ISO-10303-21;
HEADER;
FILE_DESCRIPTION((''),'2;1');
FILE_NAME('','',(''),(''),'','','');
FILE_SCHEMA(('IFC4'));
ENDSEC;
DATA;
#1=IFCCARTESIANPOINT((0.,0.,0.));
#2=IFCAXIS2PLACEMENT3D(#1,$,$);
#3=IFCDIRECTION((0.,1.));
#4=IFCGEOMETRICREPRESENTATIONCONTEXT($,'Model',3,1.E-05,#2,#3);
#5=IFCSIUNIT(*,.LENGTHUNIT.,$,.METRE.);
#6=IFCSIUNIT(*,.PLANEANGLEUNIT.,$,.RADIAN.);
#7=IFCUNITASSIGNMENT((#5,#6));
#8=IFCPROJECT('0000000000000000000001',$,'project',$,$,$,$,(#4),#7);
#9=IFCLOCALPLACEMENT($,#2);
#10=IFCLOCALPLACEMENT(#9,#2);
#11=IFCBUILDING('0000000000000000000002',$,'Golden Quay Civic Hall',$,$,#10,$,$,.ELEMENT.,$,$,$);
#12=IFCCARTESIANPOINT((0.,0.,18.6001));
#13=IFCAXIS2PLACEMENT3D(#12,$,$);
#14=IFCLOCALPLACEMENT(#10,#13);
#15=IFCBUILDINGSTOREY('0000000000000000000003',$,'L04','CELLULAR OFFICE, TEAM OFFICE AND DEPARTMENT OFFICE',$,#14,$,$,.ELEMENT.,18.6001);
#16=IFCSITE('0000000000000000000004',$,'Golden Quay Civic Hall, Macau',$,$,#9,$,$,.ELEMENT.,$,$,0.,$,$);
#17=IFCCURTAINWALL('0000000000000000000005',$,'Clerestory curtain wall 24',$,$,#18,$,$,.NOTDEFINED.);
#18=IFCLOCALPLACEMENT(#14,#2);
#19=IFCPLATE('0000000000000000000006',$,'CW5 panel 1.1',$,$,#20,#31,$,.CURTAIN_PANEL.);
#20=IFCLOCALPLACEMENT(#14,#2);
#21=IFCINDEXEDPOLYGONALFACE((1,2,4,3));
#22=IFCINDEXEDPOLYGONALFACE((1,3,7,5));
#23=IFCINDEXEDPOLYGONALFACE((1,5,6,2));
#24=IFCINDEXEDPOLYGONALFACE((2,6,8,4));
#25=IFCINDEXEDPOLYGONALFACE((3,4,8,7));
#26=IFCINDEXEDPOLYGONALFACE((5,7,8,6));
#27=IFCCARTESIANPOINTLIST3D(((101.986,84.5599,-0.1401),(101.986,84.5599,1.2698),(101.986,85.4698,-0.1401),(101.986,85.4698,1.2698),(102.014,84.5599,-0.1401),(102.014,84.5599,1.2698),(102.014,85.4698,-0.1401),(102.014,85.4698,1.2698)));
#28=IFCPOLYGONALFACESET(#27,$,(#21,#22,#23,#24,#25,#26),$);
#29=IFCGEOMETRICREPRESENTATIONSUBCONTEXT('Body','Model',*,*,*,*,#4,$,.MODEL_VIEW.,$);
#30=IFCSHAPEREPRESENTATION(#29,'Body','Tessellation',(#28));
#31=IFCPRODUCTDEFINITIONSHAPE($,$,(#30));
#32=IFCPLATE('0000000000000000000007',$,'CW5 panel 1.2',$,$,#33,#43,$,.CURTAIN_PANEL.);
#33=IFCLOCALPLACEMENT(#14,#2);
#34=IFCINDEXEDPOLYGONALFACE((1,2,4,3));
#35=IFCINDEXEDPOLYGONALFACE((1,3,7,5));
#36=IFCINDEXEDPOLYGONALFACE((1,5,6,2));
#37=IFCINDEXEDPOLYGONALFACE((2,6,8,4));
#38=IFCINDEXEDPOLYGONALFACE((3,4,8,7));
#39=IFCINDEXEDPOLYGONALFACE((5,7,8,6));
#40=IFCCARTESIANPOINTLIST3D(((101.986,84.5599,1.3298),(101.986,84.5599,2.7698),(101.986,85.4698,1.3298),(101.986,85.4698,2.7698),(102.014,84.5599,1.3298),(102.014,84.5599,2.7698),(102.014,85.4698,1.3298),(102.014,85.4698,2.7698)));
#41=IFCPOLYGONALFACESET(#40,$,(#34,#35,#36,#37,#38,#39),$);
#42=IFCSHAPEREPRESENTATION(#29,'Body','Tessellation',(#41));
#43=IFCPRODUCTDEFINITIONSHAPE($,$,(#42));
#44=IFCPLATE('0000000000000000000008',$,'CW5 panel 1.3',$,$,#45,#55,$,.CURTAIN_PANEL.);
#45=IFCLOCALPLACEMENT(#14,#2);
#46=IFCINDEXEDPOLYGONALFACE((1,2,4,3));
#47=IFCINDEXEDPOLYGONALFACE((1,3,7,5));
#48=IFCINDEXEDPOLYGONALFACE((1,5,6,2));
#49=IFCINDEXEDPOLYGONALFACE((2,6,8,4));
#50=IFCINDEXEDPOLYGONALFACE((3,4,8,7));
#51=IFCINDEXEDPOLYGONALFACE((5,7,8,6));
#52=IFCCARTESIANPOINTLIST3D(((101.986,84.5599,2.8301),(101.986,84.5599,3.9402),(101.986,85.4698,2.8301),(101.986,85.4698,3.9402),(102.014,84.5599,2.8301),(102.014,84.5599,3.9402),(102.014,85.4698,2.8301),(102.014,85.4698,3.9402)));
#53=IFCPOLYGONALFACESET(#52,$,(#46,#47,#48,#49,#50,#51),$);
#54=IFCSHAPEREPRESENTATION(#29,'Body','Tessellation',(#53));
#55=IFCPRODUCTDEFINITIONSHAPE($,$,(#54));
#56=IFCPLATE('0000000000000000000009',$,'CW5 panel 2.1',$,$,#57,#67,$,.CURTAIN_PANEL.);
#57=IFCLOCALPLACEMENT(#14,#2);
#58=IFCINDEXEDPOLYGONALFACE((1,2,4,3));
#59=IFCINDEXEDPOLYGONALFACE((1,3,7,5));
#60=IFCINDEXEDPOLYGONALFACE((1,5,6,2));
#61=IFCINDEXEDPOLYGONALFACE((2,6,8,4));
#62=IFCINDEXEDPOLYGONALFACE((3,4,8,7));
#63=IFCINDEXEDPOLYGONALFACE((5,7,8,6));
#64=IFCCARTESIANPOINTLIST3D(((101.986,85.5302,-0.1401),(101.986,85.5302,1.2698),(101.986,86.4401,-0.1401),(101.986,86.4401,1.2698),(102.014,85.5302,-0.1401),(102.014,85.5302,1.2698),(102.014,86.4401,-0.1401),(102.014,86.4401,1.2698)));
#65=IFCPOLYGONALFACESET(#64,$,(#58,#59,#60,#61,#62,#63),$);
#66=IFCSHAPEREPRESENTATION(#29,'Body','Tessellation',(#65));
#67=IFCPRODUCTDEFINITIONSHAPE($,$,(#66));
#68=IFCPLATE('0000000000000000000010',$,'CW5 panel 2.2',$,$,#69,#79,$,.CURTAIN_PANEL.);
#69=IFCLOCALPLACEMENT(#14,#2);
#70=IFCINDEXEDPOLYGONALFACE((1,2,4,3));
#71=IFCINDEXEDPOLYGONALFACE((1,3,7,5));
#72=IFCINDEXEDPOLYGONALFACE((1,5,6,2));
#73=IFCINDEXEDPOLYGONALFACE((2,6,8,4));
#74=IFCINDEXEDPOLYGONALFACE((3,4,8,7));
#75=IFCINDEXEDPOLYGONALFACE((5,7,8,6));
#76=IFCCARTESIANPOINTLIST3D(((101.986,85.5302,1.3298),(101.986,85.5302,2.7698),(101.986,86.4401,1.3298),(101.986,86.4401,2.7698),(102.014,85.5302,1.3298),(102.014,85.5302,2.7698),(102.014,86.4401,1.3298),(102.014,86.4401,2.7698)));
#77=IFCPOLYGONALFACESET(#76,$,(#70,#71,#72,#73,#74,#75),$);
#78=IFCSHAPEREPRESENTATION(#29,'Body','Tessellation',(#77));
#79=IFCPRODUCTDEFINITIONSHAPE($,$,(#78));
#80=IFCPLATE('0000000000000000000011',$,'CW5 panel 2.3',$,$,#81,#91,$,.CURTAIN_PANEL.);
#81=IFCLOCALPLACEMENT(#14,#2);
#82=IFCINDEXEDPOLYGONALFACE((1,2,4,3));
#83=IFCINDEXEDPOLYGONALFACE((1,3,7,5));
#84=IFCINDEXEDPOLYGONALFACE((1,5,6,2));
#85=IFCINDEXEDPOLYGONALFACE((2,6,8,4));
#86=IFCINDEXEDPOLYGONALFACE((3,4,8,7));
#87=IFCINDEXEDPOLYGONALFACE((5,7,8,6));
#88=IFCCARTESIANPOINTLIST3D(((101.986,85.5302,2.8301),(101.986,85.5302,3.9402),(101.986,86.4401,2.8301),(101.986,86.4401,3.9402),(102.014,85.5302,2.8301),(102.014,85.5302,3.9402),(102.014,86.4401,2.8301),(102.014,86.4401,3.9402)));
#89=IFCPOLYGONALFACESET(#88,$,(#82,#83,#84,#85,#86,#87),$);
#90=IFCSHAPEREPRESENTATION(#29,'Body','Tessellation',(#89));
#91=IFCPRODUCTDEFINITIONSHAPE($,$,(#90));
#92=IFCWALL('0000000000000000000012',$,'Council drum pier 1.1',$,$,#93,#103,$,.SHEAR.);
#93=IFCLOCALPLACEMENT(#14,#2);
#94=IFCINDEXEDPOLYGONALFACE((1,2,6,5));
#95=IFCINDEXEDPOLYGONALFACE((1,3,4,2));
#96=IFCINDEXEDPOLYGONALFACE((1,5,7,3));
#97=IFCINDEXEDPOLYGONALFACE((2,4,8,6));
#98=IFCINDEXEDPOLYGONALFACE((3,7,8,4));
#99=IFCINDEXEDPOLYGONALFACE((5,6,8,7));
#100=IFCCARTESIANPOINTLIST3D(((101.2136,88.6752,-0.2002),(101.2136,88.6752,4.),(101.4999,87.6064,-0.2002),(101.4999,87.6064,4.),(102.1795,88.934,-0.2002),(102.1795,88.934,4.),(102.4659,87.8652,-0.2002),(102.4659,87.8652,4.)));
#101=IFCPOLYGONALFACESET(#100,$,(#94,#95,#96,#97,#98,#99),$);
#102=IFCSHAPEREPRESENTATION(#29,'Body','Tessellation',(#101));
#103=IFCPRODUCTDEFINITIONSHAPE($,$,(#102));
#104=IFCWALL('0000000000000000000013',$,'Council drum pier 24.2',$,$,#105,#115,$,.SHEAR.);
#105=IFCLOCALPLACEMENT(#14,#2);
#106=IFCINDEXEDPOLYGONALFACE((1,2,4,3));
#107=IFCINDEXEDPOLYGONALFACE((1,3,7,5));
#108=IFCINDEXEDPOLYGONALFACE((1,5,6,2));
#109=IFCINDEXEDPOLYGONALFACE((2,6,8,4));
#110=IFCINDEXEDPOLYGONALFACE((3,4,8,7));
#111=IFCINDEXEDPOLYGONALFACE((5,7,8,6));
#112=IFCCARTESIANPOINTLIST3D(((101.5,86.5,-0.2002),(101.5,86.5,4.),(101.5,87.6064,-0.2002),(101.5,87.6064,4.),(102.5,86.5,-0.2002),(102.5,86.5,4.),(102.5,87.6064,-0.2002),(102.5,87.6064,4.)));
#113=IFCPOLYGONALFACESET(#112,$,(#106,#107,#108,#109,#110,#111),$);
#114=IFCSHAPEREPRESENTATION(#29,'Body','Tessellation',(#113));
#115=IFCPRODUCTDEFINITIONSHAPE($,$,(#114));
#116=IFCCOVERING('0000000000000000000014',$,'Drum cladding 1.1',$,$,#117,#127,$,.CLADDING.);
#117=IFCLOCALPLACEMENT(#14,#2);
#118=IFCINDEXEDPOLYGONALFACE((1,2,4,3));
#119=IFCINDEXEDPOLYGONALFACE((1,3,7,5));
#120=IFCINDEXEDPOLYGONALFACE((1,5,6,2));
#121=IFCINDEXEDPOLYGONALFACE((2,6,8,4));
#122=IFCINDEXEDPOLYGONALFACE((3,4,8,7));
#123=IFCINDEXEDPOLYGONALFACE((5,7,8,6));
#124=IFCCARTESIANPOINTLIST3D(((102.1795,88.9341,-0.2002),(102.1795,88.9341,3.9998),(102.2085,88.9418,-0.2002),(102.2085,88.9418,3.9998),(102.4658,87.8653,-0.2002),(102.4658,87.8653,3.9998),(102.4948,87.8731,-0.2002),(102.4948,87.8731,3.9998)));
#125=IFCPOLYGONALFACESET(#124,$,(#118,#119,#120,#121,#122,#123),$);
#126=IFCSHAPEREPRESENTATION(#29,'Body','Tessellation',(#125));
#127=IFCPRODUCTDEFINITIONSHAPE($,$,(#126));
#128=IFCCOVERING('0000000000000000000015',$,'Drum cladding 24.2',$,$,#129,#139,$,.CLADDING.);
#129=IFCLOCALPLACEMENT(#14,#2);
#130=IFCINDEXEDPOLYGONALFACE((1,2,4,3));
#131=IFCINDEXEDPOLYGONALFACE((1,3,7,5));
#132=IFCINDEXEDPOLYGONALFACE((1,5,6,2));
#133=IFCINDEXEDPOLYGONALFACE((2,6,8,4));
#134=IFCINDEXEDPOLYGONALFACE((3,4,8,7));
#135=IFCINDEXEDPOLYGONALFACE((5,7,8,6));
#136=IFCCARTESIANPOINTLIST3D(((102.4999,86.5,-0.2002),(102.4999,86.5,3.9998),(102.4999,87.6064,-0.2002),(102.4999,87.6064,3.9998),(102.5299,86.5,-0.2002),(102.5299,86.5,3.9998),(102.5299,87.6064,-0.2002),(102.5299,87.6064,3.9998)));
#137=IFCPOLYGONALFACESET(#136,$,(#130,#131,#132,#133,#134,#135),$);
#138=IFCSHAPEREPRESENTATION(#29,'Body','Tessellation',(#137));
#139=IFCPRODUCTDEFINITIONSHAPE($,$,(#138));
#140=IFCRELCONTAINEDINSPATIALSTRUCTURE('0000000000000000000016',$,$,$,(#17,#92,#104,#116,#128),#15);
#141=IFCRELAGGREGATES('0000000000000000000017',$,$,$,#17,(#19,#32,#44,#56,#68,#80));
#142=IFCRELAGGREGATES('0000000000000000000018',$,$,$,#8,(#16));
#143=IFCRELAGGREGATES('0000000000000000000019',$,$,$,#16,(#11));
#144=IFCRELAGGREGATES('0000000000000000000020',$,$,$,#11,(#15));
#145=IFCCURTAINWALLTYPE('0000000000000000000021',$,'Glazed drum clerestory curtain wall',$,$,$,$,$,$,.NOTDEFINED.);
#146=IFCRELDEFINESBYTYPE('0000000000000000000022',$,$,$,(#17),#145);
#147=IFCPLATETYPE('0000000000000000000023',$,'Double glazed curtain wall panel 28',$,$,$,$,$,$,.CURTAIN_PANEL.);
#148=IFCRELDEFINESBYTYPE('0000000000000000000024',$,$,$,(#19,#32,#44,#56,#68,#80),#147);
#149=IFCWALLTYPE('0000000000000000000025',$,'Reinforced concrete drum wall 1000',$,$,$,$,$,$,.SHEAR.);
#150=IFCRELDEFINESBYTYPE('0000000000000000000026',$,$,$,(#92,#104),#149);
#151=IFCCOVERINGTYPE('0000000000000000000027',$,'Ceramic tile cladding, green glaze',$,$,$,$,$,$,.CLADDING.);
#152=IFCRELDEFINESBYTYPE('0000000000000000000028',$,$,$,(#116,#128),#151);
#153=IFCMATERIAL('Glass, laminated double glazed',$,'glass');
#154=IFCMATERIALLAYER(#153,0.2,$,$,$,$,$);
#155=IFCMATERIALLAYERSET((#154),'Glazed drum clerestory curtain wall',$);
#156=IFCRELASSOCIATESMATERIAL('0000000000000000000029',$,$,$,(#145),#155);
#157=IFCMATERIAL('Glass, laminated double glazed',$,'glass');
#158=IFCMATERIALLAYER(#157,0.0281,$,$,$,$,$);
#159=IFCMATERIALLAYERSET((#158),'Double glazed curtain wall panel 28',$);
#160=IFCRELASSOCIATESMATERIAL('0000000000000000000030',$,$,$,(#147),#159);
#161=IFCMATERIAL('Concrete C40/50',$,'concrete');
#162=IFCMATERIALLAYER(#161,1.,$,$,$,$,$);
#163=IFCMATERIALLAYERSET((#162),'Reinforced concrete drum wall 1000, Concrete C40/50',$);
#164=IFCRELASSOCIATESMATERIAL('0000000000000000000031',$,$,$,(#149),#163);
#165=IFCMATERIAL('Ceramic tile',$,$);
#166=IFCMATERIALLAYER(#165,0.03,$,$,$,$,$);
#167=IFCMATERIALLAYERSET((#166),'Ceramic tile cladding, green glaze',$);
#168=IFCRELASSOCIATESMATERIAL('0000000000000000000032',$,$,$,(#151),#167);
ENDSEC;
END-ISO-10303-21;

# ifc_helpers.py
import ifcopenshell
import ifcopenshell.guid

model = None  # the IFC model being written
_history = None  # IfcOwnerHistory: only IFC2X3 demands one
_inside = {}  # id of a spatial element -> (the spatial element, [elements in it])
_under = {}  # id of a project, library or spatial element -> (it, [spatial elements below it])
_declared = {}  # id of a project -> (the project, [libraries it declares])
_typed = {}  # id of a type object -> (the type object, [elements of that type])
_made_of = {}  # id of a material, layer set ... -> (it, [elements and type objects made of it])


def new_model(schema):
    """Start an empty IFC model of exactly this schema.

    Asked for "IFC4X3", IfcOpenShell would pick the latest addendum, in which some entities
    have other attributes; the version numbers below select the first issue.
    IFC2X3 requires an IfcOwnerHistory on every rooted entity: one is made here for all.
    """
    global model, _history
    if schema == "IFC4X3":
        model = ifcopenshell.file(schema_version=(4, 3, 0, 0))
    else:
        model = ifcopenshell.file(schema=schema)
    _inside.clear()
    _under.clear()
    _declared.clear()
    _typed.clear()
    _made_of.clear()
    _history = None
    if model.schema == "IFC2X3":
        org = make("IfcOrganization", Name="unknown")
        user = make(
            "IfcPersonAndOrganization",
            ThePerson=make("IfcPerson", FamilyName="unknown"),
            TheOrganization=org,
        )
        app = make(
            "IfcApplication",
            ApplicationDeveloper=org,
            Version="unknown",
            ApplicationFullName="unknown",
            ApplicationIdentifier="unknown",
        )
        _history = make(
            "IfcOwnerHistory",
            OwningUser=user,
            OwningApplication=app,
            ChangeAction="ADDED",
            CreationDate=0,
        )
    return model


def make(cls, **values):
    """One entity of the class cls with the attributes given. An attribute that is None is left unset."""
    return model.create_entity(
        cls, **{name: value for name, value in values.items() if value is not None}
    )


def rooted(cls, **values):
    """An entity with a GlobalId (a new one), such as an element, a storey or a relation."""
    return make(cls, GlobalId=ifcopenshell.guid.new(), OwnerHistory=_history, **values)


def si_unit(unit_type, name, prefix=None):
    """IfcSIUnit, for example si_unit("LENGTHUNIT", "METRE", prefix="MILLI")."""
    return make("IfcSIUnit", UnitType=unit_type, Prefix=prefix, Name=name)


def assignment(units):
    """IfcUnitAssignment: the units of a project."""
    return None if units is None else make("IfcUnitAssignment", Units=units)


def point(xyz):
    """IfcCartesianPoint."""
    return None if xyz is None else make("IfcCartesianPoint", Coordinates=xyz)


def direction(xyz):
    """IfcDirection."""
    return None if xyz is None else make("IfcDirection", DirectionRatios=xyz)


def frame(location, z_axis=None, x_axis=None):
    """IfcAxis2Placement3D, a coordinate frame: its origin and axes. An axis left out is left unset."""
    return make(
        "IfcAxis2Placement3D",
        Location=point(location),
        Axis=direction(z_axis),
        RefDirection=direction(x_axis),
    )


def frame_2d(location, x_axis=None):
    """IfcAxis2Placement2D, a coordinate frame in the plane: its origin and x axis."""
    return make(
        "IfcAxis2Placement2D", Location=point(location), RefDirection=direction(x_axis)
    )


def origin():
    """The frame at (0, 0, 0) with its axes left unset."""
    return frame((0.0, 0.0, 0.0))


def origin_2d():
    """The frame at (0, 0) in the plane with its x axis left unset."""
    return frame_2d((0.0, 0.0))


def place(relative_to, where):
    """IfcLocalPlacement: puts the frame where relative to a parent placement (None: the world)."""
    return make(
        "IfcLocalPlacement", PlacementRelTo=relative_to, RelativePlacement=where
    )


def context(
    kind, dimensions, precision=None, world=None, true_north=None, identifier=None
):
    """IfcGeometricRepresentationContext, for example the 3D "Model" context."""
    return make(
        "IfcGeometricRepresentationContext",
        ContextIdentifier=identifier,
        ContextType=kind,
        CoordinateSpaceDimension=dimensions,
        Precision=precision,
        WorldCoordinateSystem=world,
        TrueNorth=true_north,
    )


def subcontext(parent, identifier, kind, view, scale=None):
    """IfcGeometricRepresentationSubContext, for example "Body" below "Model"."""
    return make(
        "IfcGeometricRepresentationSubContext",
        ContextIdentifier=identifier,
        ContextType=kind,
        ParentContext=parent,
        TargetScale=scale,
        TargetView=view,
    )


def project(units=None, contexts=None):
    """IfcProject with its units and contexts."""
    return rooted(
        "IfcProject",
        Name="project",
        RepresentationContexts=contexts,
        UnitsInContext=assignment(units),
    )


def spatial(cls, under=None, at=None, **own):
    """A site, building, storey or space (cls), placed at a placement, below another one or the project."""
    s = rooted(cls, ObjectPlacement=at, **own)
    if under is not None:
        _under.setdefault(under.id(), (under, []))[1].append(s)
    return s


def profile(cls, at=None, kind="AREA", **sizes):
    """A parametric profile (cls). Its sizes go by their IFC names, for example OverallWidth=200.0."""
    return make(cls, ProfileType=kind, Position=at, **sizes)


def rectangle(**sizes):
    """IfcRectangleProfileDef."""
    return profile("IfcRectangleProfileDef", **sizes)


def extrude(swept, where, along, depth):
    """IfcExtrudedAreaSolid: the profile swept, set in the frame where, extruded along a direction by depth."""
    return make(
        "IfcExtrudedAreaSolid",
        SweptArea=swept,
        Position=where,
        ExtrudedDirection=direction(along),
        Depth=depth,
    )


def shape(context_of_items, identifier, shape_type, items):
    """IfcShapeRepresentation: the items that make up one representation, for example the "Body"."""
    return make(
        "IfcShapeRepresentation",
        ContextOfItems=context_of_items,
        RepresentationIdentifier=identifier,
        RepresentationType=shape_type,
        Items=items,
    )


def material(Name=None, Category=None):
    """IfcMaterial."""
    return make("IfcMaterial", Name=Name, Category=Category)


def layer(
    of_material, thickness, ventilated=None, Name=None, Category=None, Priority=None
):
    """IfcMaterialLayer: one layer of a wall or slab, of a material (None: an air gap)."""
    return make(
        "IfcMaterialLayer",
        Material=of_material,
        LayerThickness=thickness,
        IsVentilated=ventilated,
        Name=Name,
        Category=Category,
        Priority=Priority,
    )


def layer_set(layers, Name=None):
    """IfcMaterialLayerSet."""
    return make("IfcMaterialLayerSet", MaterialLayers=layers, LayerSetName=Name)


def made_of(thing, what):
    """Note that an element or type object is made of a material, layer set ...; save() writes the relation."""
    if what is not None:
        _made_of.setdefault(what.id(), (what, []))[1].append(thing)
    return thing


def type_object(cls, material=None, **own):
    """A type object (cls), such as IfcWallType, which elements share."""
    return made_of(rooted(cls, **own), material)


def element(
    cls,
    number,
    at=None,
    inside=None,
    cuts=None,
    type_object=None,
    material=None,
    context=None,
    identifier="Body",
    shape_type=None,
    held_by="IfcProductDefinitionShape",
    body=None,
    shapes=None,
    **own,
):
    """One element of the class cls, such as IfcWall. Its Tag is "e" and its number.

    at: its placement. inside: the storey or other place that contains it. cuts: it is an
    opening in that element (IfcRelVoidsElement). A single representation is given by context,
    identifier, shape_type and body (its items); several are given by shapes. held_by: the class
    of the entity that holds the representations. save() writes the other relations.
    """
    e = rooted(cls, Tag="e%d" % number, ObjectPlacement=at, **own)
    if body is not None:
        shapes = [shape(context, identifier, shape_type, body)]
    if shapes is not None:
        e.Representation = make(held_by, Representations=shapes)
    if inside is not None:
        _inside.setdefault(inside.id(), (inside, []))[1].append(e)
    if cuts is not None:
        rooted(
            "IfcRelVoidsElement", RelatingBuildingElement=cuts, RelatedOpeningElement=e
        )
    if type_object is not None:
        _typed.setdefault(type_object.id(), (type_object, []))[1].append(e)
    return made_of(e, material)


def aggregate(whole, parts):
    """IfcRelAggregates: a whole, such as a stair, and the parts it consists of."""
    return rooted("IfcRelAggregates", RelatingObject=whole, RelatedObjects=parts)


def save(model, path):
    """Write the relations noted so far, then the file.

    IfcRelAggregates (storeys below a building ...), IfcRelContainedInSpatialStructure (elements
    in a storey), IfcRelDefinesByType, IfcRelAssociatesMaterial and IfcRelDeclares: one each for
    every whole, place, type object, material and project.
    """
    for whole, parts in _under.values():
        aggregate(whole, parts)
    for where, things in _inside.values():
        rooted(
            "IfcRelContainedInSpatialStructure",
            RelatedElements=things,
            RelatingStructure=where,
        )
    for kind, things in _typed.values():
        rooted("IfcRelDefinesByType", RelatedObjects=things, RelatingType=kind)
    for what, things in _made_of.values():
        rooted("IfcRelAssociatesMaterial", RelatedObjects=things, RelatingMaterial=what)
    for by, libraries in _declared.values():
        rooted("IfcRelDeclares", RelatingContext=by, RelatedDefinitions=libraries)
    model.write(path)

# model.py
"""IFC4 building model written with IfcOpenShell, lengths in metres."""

from ifc_helpers import new_model, si_unit, direction, frame, frame_2d, origin, origin_2d, place, context, subcontext, project, spatial, rectangle, extrude, material, layer, layer_set, type_object, element, aggregate, save


model = new_model("IFC4")

# Units and contexts
model_context = context("Model", 3, precision=1e-05, world=origin(), true_north=direction((0.0, 1.0)))
body_context = subcontext(model_context, "Body", "Model", "MODEL_VIEW")
ifc_project = project(units=[si_unit("LENGTHUNIT", "METRE"), si_unit("PLANEANGLEUNIT", "RADIAN")], contexts=[model_context])

# Site, building, storey
site_placement = place(None, origin())
site = spatial("IfcSite", under=ifc_project, at=site_placement, Name="Golden Quay Civic Hall, Macau", CompositionType="ELEMENT", RefElevation=0.0)
building_placement = place(site_placement, origin())
building = spatial("IfcBuilding", under=site, at=building_placement, Name="Golden Quay Civic Hall", CompositionType="ELEMENT")
storey_placement = place(building_placement, frame((0.0, 0.0, 18.6001)))
storey = spatial("IfcBuildingStorey", under=building, at=storey_placement, Name="L04", Description="CELLULAR OFFICE, TEAM OFFICE AND DEPARTMENT OFFICE", CompositionType="ELEMENT", Elevation=18.6001)

# Shared definitions
ifc_material_1 = material(Name="Glass, laminated double glazed", Category="glass")
ifc_layer_1 = layer(ifc_material_1, 0.2)
ifc_layer_set_1 = layer_set([ifc_layer_1], Name="Glazed drum clerestory curtain wall")
curtain_wall_type = type_object("IfcCurtainWallType", Name="Glazed drum clerestory curtain wall", PredefinedType="NOTDEFINED", material=ifc_layer_set_1)

# Curtain wall
curtain_wall_1_placement = place(storey_placement, origin())
curtain_wall_1 = element("IfcCurtainWall", 1, at=curtain_wall_1_placement, inside=storey, type_object=curtain_wall_type, Name="Clerestory curtain wall 24", PredefinedType="NOTDEFINED")

# Plates
ifc_material_2 = material(Name="Glass, laminated double glazed", Category="glass")
ifc_layer_2 = layer(ifc_material_2, 0.0281)
ifc_layer_set_2 = layer_set([ifc_layer_2], Name="Double glazed curtain wall panel 28")
plate_type = type_object("IfcPlateType", Name="Double glazed curtain wall panel 28", PredefinedType="CURTAIN_PANEL", material=ifc_layer_set_2)
plate_1_placement = place(storey_placement, frame((102.0, 85.0149, -0.1401), z_axis=(0.0, 0.0, 1.0), x_axis=(0.0, 1.0, 0.0)))
plate_1 = element("IfcPlate", 2, at=plate_1_placement, type_object=plate_type, Name="CW5 panel 1.1", PredefinedType="CURTAIN_PANEL", context=body_context, shape_type="SweptSolid", body=[
    extrude(rectangle(XDim=0.9099, YDim=0.0281, at=origin_2d()), origin(), (0.0, 0.0, 1.0), 1.4099),
])
plate_2_placement = place(storey_placement, frame((102.0, 85.0149, 1.3298), z_axis=(0.0, 0.0, 1.0), x_axis=(0.0, 1.0, 0.0)))
plate_2 = element("IfcPlate", 3, at=plate_2_placement, type_object=plate_type, Name="CW5 panel 1.2", PredefinedType="CURTAIN_PANEL", context=body_context, shape_type="SweptSolid", body=[
    extrude(rectangle(XDim=0.9099, YDim=0.0281, at=origin_2d()), origin(), (0.0, 0.0, 1.0), 1.4399),
])
plate_3_placement = place(storey_placement, frame((102.0, 85.0149, 2.8301), z_axis=(0.0, 0.0, 1.0), x_axis=(0.0, 1.0, 0.0)))
plate_3 = element("IfcPlate", 4, at=plate_3_placement, type_object=plate_type, Name="CW5 panel 1.3", PredefinedType="CURTAIN_PANEL", context=body_context, shape_type="SweptSolid", body=[
    extrude(rectangle(XDim=0.9099, YDim=0.0281, at=origin_2d()), origin(), (0.0, 0.0, 1.0), 1.1101),
])
plate_4_placement = place(storey_placement, frame((102.0, 85.9851, -0.1401), z_axis=(0.0, 0.0, 1.0), x_axis=(0.0, 1.0, 0.0)))
plate_4 = element("IfcPlate", 5, at=plate_4_placement, type_object=plate_type, Name="CW5 panel 2.1", PredefinedType="CURTAIN_PANEL", context=body_context, shape_type="SweptSolid", body=[
    extrude(rectangle(XDim=0.9099, YDim=0.0281, at=origin_2d()), origin(), (0.0, 0.0, 1.0), 1.4099),
])
plate_5_placement = place(storey_placement, frame((102.0, 85.9851, 1.3298), z_axis=(0.0, 0.0, 1.0), x_axis=(0.0, 1.0, 0.0)))
plate_5 = element("IfcPlate", 6, at=plate_5_placement, type_object=plate_type, Name="CW5 panel 2.2", PredefinedType="CURTAIN_PANEL", context=body_context, shape_type="SweptSolid", body=[
    extrude(rectangle(XDim=0.9099, YDim=0.0281, at=origin_2d()), origin(), (0.0, 0.0, 1.0), 1.4399),
])
plate_6_placement = place(storey_placement, frame((102.0, 85.9851, 2.8301), z_axis=(0.0, 0.0, 1.0), x_axis=(0.0, 1.0, 0.0)))
plate_6 = element("IfcPlate", 7, at=plate_6_placement, type_object=plate_type, Name="CW5 panel 2.3", PredefinedType="CURTAIN_PANEL", context=body_context, shape_type="SweptSolid", body=[
    extrude(rectangle(XDim=0.9099, YDim=0.0281, at=origin_2d()), origin(), (0.0, 0.0, 1.0), 1.1101),
])
aggregate(curtain_wall_1, [plate_1, plate_2, plate_3, plate_4, plate_5, plate_6])

# Walls
ifc_material_3 = material(Name="Concrete C40/50", Category="concrete")
ifc_layer_3 = layer(ifc_material_3, 1.0)
ifc_layer_set_3 = layer_set([ifc_layer_3], Name="Reinforced concrete drum wall 1000, Concrete C40/50")
wall_type = type_object("IfcWallType", Name="Reinforced concrete drum wall 1000", PredefinedType="SHEAR", material=ifc_layer_set_3)
for number, where, z_axis, x_axis, name in (
    (8, (101.9829, 87.7358, -0.2002), (0.0, 0.0, 1.0), (-0.258802, 0.96593, 0.0), "Council drum pier 1.1"),
    (9, (102.0, 86.5, -0.2002), (0.0, 0.0, 1.0), (0.0, 1.0, 0.0), "Council drum pier 24.2"),
):
    element("IfcWall", number, at=place(storey_placement, frame(where, z_axis=z_axis, x_axis=x_axis)), inside=storey, type_object=wall_type, Name=name, PredefinedType="SHEAR", context=body_context, shape_type="SweptSolid", body=[
        extrude(rectangle(XDim=1.1064, YDim=1.0, at=frame_2d((0.5532, 0.0))), origin(), (0.0, 0.0, 1.0), 4.2002),
    ])

# Coverings
ifc_material_4 = material(Name="Ceramic tile")
ifc_layer_4 = layer(ifc_material_4, 0.03)
ifc_layer_set_4 = layer_set([ifc_layer_4], Name="Ceramic tile cladding, green glaze")
covering_type = type_object("IfcCoveringType", Name="Ceramic tile cladding, green glaze", PredefinedType="CLADDING", material=ifc_layer_set_4)
for number, where, z_axis, x_axis, name in (
    (10, (102.3372, 88.4036, -0.2002), (0.0, 0.0, 1.0), (-0.258819, 0.965926, 0.0), "Drum cladding 1.1"),
    (11, (102.5149, 87.0532, -0.2002), (0.0, 0.0, 1.0), (0.0, 1.0, 0.0), "Drum cladding 24.2"),
):
    element("IfcCovering", number, at=place(storey_placement, frame(where, z_axis=z_axis, x_axis=x_axis)), inside=storey, type_object=covering_type, Name=name, PredefinedType="CLADDING", context=body_context, shape_type="SweptSolid", body=[
        extrude(rectangle(XDim=1.1064, YDim=0.03, at=origin_2d()), origin(), (0.0, 0.0, 1.0), 4.2),
    ])

save(model, "model.ifc")
